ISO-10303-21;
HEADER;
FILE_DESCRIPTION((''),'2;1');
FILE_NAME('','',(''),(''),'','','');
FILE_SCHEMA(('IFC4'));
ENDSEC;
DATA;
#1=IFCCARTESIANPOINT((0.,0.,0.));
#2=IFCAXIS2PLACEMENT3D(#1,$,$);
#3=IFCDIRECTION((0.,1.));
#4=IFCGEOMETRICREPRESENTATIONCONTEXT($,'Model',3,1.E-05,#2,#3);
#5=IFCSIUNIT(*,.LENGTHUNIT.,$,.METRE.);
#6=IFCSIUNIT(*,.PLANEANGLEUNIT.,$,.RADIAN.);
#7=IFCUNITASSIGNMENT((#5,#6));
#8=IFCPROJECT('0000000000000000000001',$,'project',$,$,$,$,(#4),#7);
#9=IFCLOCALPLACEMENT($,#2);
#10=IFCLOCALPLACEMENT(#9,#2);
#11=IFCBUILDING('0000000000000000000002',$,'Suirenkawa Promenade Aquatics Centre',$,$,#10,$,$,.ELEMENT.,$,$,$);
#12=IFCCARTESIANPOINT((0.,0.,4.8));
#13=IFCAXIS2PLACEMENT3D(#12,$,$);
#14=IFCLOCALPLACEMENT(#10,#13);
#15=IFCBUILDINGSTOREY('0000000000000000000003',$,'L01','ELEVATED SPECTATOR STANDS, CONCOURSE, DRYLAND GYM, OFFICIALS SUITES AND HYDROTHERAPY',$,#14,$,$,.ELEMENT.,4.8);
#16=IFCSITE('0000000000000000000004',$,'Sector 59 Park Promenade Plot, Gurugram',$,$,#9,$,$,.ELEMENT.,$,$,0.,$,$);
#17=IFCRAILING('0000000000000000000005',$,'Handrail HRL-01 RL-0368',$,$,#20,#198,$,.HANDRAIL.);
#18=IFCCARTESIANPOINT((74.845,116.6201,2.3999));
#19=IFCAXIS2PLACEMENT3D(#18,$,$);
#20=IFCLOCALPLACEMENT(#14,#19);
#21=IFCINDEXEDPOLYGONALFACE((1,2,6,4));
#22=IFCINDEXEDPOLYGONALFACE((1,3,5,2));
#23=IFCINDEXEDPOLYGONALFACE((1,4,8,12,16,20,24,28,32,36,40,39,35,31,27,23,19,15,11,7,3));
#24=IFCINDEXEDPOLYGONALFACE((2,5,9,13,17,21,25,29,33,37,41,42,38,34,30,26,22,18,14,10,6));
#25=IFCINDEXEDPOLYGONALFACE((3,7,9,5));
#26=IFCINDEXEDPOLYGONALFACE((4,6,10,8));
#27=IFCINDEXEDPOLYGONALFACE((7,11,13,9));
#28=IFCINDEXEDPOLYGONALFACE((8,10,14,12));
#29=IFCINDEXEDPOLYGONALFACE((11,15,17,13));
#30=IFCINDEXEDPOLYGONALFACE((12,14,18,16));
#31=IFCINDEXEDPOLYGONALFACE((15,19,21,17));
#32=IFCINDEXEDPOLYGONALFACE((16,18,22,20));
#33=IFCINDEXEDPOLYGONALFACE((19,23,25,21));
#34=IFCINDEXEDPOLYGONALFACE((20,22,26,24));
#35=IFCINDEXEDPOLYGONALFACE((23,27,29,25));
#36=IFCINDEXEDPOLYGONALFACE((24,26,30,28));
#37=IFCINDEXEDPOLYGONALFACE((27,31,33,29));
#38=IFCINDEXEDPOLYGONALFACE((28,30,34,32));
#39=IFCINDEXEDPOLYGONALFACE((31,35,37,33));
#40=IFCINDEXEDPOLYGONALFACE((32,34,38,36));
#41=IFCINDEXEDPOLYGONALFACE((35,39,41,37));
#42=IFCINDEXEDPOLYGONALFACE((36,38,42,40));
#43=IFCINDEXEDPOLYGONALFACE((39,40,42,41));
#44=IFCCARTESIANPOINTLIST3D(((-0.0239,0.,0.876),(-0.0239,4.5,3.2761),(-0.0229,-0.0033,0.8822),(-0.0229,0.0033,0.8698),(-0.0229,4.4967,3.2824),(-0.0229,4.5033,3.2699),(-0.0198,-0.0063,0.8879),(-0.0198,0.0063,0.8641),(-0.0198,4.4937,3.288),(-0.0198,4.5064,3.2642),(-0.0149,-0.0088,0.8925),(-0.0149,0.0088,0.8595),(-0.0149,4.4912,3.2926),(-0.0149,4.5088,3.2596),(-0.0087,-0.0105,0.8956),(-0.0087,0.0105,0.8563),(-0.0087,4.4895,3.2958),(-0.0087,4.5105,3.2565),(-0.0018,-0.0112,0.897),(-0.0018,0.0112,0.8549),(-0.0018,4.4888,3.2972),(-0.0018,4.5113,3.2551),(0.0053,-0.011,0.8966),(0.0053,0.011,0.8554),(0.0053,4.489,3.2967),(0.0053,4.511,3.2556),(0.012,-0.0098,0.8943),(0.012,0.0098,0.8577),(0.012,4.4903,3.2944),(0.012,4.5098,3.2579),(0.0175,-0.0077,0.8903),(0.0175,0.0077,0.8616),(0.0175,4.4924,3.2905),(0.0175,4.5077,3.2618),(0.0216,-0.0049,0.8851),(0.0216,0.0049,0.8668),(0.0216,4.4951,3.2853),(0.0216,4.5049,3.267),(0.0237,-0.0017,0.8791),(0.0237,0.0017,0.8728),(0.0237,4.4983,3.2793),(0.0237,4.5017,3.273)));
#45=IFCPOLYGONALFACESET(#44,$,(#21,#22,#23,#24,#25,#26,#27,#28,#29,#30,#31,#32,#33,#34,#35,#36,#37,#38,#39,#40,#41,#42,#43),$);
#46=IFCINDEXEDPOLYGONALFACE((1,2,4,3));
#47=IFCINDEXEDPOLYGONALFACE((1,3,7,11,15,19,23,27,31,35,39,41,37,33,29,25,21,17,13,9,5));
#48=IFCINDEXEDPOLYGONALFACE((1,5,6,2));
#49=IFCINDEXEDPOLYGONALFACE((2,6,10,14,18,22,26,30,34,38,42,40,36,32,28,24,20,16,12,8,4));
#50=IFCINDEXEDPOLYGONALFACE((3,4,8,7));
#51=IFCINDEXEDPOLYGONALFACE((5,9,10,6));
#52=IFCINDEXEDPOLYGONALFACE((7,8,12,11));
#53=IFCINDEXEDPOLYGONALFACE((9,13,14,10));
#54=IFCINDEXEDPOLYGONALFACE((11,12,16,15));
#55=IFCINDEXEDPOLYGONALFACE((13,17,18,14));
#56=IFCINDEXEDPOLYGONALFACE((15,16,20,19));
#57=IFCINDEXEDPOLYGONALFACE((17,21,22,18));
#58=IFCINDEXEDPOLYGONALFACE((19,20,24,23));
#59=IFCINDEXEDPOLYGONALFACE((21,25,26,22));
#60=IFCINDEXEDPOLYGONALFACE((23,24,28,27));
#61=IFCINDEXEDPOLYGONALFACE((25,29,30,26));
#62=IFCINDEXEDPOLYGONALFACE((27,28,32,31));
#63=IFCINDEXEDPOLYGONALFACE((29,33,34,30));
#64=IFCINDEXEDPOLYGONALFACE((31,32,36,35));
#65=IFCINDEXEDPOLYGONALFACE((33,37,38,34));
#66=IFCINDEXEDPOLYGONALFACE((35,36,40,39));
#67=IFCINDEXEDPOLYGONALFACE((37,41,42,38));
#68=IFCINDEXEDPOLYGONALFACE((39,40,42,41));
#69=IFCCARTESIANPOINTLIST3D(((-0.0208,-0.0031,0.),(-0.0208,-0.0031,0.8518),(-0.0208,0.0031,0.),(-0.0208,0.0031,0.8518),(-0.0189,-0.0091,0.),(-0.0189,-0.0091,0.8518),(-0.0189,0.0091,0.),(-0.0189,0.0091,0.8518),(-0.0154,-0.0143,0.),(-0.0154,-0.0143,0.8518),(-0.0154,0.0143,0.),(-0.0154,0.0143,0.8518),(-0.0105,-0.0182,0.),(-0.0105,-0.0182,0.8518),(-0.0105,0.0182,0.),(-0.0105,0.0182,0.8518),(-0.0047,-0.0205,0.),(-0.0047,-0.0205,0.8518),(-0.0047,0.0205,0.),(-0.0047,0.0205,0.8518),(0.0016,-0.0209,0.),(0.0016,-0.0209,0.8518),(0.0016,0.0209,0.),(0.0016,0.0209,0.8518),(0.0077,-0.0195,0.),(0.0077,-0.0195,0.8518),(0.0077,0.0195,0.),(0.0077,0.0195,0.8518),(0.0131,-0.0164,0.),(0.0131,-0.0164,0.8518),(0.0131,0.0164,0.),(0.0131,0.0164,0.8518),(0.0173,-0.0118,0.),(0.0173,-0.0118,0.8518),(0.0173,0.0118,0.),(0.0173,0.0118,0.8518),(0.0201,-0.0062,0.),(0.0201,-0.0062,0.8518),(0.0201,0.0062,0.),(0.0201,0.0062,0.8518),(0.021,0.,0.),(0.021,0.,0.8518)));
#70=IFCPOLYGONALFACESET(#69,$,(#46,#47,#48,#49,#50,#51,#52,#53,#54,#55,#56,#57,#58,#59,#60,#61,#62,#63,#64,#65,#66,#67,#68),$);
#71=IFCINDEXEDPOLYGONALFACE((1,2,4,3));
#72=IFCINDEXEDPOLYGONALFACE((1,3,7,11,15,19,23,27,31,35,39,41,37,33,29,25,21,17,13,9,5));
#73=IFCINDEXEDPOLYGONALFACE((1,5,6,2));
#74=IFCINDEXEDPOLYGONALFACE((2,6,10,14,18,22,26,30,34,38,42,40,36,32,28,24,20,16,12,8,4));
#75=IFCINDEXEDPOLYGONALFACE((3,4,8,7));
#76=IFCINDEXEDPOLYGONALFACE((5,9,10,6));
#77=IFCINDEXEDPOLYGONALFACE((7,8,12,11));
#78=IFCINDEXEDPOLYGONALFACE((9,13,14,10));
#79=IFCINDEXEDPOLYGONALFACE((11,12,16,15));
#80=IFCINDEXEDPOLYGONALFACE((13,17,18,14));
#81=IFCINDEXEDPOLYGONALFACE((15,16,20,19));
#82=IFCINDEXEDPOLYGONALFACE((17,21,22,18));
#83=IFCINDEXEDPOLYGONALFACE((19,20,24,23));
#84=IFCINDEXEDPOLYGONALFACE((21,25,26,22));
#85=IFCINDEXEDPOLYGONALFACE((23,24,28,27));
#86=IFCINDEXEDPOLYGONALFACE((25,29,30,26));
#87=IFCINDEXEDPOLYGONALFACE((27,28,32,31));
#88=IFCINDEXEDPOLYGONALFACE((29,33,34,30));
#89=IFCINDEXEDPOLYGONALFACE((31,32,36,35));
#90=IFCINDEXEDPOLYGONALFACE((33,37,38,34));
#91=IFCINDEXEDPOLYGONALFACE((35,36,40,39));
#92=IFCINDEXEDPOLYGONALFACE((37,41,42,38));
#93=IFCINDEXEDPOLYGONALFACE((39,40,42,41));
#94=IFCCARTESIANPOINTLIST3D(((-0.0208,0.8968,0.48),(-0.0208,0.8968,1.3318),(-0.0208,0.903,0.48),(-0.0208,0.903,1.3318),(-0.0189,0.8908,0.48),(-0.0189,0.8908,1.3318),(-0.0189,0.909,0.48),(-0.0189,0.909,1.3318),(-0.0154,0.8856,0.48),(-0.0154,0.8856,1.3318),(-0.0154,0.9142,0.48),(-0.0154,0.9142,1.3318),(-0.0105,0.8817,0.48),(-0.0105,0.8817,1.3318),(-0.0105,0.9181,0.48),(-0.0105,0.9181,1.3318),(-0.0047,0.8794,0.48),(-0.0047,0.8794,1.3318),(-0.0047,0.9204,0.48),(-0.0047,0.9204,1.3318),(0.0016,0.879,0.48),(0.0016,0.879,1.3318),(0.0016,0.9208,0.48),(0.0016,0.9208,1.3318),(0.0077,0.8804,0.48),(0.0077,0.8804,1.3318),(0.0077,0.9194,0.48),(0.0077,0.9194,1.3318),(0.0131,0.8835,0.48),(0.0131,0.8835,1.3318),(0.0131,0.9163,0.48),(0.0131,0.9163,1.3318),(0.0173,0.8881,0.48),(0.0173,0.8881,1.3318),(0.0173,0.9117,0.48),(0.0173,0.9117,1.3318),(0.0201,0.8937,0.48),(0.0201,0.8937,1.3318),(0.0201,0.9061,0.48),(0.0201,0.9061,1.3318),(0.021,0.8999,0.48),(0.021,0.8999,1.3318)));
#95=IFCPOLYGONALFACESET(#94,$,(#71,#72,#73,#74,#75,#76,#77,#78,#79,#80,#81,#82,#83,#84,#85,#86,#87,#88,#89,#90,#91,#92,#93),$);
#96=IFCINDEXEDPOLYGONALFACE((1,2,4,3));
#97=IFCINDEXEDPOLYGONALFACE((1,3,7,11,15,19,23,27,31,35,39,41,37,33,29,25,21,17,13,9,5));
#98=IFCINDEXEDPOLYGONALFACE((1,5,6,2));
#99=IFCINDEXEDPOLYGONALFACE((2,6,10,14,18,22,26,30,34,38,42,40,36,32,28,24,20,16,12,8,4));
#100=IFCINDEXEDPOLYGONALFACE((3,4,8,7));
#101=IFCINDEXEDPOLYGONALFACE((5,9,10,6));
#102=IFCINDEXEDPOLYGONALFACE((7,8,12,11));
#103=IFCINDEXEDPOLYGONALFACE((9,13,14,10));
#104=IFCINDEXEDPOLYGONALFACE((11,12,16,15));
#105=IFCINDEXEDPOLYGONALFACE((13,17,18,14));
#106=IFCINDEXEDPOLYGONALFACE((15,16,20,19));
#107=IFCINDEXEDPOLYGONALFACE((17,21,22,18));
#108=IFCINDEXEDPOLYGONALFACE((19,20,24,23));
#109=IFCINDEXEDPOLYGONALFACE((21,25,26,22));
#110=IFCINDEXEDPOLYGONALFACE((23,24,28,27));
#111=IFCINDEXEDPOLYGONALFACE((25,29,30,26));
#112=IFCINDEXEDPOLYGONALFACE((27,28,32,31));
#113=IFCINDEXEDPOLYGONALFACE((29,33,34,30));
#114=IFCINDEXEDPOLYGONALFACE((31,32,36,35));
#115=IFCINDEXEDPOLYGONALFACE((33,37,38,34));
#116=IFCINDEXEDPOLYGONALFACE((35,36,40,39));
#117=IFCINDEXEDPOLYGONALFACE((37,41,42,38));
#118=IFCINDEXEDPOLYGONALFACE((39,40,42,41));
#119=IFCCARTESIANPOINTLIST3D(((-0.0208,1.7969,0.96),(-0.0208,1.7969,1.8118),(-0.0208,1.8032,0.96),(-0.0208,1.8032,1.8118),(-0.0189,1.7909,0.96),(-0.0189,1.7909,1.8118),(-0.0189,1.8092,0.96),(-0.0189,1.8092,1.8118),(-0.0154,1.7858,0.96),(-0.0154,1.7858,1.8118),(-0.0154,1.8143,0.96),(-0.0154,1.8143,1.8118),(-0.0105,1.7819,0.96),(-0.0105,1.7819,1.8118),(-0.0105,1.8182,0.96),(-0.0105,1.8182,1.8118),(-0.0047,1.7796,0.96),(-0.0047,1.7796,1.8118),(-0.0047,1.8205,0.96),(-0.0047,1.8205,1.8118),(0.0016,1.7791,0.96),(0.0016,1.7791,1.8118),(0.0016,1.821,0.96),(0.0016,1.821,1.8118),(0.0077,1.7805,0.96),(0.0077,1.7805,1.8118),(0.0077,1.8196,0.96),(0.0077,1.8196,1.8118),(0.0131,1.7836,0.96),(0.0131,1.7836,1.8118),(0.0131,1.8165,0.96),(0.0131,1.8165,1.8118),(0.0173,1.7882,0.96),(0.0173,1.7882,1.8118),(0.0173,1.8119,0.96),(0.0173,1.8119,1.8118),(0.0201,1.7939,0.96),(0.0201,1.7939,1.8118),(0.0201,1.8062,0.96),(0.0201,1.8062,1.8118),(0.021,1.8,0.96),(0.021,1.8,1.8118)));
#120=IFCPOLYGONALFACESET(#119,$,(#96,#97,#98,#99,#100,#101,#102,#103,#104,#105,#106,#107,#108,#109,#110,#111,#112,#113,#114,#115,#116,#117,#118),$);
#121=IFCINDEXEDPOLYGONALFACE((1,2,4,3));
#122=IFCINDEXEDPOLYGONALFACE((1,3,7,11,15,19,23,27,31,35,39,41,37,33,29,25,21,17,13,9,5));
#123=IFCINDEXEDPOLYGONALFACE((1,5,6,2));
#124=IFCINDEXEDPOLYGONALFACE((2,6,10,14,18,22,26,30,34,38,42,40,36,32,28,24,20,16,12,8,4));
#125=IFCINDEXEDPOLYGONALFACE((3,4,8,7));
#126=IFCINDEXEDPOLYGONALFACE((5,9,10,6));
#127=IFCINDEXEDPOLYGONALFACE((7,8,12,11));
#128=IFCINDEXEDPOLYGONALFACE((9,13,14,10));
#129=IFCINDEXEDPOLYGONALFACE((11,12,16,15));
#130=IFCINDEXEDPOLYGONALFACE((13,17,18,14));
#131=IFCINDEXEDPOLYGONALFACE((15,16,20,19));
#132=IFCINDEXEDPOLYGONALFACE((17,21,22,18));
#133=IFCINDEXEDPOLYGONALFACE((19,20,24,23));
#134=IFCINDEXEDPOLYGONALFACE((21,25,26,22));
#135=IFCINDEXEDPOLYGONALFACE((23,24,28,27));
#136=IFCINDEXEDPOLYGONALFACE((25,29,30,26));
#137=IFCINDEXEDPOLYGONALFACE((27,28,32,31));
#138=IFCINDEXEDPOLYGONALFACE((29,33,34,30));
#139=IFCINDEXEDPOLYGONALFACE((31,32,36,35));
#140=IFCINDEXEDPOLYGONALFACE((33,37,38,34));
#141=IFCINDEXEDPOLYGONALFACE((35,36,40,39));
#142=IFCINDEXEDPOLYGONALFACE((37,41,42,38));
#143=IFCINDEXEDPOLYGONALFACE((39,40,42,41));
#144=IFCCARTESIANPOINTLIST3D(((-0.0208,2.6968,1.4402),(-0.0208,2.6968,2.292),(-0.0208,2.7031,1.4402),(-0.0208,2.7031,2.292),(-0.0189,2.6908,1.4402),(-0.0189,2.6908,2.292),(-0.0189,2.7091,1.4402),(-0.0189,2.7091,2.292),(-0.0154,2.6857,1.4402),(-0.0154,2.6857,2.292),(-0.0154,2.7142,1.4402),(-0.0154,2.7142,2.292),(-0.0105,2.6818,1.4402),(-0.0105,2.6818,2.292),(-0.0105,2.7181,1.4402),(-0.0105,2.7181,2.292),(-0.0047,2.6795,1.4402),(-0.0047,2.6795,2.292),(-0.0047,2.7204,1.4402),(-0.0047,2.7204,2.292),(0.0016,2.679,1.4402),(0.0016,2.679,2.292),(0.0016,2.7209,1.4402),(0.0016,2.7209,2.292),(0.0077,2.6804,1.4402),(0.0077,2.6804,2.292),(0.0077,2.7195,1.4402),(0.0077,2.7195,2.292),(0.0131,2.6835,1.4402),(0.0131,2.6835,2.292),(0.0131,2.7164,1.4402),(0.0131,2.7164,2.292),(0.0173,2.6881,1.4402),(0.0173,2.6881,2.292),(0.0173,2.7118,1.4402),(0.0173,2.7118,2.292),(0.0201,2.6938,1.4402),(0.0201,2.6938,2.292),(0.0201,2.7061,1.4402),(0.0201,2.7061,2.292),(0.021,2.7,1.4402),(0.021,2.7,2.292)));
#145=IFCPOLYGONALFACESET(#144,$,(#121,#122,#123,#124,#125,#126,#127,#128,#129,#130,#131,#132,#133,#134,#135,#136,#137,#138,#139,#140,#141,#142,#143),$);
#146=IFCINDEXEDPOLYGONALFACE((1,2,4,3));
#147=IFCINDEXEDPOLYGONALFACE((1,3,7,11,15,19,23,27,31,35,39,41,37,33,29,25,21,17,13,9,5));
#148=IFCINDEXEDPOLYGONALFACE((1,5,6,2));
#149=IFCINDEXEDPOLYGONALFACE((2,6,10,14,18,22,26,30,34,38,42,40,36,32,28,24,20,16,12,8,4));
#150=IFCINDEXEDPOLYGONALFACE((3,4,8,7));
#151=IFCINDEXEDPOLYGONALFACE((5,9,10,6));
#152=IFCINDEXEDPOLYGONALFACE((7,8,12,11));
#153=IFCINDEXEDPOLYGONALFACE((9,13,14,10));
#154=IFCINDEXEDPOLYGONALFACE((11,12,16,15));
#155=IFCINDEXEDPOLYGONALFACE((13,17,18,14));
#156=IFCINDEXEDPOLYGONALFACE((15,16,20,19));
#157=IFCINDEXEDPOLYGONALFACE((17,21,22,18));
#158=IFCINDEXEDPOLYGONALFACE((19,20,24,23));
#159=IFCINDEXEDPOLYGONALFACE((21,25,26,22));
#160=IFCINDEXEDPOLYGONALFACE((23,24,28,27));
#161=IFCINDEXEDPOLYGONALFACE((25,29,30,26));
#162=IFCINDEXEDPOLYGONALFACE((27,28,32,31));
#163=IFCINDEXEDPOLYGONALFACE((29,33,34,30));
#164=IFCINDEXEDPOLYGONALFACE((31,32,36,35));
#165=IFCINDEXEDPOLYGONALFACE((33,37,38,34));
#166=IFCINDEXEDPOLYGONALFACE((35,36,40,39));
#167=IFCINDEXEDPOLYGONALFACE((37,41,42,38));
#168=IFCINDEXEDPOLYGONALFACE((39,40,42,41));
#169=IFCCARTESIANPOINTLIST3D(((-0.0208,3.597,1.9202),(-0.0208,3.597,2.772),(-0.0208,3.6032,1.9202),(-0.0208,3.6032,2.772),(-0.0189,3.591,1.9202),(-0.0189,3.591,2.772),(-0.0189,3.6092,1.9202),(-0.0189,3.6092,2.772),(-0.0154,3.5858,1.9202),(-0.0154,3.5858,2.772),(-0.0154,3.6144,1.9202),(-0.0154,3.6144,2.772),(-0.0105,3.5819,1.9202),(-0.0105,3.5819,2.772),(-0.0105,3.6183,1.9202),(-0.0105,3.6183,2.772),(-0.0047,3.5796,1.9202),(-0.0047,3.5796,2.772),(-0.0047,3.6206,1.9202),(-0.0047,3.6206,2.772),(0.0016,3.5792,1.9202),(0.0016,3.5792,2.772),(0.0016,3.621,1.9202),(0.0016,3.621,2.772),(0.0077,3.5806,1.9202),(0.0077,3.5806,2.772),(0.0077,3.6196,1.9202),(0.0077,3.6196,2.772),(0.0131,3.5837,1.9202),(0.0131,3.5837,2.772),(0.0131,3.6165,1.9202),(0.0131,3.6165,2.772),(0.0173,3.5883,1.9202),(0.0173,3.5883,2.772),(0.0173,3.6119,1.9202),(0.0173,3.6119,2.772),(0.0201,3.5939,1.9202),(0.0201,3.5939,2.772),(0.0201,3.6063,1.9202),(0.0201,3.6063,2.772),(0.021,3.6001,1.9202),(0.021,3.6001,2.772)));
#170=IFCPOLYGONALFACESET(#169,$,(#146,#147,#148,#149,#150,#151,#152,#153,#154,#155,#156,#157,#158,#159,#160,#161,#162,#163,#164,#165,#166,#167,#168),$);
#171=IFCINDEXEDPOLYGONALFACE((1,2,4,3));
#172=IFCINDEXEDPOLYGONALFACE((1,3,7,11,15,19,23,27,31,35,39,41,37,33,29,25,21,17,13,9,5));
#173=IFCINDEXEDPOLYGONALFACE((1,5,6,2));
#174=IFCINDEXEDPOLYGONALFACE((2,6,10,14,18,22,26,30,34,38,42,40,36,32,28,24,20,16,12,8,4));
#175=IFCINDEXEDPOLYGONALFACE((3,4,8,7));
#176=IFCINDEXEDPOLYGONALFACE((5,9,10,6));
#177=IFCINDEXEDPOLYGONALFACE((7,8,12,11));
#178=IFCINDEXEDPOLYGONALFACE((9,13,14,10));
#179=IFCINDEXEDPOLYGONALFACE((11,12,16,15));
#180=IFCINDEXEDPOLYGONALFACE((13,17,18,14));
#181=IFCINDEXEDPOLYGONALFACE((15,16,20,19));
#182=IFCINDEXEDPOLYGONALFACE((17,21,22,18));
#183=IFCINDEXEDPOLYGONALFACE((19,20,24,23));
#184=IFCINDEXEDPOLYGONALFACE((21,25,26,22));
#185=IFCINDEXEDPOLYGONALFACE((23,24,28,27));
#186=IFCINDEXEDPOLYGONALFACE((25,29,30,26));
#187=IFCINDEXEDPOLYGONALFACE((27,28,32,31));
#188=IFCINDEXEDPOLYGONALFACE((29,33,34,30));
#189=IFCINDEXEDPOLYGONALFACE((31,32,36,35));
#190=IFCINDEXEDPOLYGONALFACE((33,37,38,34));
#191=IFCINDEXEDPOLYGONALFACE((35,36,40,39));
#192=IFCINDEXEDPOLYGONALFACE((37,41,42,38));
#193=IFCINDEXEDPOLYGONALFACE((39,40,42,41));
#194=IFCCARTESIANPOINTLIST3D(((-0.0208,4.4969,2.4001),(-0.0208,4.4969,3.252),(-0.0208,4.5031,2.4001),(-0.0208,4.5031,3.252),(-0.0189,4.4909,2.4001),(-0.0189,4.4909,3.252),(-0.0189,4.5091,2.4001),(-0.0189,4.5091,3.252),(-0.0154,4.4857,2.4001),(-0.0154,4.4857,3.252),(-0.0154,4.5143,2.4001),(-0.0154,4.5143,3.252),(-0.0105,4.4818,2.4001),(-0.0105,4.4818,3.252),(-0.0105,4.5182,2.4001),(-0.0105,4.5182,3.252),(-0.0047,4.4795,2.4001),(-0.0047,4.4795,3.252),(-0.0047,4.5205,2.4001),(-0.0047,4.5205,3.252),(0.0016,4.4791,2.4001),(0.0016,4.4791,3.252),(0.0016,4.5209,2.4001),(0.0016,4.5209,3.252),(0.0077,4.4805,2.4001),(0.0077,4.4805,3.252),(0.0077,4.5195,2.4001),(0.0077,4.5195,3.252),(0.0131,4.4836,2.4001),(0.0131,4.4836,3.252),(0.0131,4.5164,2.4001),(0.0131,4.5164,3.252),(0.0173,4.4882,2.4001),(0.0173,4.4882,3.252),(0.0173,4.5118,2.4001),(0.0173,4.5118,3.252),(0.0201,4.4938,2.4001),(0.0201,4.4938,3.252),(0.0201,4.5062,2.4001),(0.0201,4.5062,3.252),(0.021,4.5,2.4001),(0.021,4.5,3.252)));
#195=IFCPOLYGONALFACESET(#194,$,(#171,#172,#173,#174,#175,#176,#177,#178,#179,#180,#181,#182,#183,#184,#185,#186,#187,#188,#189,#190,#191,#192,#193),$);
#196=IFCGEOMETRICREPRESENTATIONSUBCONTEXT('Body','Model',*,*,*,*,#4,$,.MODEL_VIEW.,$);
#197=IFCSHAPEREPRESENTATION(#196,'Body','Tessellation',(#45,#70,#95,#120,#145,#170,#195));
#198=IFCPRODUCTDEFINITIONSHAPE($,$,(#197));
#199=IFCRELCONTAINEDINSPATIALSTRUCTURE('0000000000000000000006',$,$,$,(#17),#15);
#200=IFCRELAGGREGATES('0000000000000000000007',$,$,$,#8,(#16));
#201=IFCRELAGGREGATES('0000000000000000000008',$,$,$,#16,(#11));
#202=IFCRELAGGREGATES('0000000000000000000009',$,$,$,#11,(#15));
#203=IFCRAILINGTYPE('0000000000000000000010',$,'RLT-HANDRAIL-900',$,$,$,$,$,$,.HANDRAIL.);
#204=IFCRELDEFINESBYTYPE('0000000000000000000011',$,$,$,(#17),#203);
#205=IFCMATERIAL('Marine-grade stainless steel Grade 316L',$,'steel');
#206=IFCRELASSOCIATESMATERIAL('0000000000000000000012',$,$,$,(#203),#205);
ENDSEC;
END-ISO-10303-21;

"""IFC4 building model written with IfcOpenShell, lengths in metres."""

from ifc_helpers import new_model, si_unit, direction, frame, origin, origin_2d, place, context, subcontext, project, spatial, circle, extrude, material, type_object, element, save


model = new_model("IFC4")

# Units and contexts
model_context = context("Model", 3, precision=1e-05, world=origin(), true_north=direction((0.0, 1.0)))
body_context = subcontext(model_context, "Body", "Model", "MODEL_VIEW")
ifc_project = project(units=[si_unit("LENGTHUNIT", "METRE"), si_unit("PLANEANGLEUNIT", "RADIAN")], contexts=[model_context])

# Site, building, storey
site_placement = place(None, origin())
site = spatial("IfcSite", under=ifc_project, at=site_placement, Name="Sector 59 Park Promenade Plot, Gurugram", CompositionType="ELEMENT", RefElevation=0.0)
building_placement = place(site_placement, origin())
building = spatial("IfcBuilding", under=site, at=building_placement, Name="Suirenkawa Promenade Aquatics Centre", CompositionType="ELEMENT")
storey_placement = place(building_placement, frame((0.0, 0.0, 4.8)))
storey = spatial("IfcBuildingStorey", under=building, at=storey_placement, Name="L01", Description="ELEVATED SPECTATOR STANDS, CONCOURSE, DRYLAND GYM, OFFICIALS SUITES AND HYDROTHERAPY", CompositionType="ELEMENT", Elevation=4.8)

# Railing
ifc_material_1 = material(Name="Marine-grade stainless steel Grade 316L", Category="steel")
railing_type_1 = type_object("IfcRailingType", Name="RLT-HANDRAIL-900", PredefinedType="HANDRAIL", material=ifc_material_1)
railing_1_placement = place(storey_placement, frame((74.845, 116.6201, 2.3999)))
element("IfcRailing", 1, at=railing_1_placement, inside=storey, type_object=railing_type_1, Name="Handrail HRL-01 RL-0368", PredefinedType="HANDRAIL", context=body_context, shape_type="SweptSolid", body=[
    extrude(circle(Radius=0.0239, at=origin_2d()), frame((0.0, 0.0, 0.876), z_axis=(0.0, 0.882341, 0.470611), x_axis=(-1.0, 0.0, 0.0)), (0.0, 0.0, 1.0), 5.1001),
    extrude(circle(Radius=0.021, at=origin_2d()), origin(), (0.0, 0.0, 1.0), 0.8518),
    extrude(circle(Radius=0.021, at=origin_2d()), frame((0.0, 0.8999, 0.48)), (0.0, 0.0, 1.0), 0.8518),
    extrude(circle(Radius=0.021, at=origin_2d()), frame((0.0, 1.8, 0.96)), (0.0, 0.0, 1.0), 0.8518),
    extrude(circle(Radius=0.021, at=origin_2d()), frame((0.0, 2.7, 1.4402)), (0.0, 0.0, 1.0), 0.8518),
    extrude(circle(Radius=0.021, at=origin_2d()), frame((0.0, 3.6001, 1.9202)), (0.0, 0.0, 1.0), 0.8518),
    extrude(circle(Radius=0.021, at=origin_2d()), frame((0.0, 4.5, 2.4001)), (0.0, 0.0, 1.0), 0.8518),
])

save(model, "model.ifc")
